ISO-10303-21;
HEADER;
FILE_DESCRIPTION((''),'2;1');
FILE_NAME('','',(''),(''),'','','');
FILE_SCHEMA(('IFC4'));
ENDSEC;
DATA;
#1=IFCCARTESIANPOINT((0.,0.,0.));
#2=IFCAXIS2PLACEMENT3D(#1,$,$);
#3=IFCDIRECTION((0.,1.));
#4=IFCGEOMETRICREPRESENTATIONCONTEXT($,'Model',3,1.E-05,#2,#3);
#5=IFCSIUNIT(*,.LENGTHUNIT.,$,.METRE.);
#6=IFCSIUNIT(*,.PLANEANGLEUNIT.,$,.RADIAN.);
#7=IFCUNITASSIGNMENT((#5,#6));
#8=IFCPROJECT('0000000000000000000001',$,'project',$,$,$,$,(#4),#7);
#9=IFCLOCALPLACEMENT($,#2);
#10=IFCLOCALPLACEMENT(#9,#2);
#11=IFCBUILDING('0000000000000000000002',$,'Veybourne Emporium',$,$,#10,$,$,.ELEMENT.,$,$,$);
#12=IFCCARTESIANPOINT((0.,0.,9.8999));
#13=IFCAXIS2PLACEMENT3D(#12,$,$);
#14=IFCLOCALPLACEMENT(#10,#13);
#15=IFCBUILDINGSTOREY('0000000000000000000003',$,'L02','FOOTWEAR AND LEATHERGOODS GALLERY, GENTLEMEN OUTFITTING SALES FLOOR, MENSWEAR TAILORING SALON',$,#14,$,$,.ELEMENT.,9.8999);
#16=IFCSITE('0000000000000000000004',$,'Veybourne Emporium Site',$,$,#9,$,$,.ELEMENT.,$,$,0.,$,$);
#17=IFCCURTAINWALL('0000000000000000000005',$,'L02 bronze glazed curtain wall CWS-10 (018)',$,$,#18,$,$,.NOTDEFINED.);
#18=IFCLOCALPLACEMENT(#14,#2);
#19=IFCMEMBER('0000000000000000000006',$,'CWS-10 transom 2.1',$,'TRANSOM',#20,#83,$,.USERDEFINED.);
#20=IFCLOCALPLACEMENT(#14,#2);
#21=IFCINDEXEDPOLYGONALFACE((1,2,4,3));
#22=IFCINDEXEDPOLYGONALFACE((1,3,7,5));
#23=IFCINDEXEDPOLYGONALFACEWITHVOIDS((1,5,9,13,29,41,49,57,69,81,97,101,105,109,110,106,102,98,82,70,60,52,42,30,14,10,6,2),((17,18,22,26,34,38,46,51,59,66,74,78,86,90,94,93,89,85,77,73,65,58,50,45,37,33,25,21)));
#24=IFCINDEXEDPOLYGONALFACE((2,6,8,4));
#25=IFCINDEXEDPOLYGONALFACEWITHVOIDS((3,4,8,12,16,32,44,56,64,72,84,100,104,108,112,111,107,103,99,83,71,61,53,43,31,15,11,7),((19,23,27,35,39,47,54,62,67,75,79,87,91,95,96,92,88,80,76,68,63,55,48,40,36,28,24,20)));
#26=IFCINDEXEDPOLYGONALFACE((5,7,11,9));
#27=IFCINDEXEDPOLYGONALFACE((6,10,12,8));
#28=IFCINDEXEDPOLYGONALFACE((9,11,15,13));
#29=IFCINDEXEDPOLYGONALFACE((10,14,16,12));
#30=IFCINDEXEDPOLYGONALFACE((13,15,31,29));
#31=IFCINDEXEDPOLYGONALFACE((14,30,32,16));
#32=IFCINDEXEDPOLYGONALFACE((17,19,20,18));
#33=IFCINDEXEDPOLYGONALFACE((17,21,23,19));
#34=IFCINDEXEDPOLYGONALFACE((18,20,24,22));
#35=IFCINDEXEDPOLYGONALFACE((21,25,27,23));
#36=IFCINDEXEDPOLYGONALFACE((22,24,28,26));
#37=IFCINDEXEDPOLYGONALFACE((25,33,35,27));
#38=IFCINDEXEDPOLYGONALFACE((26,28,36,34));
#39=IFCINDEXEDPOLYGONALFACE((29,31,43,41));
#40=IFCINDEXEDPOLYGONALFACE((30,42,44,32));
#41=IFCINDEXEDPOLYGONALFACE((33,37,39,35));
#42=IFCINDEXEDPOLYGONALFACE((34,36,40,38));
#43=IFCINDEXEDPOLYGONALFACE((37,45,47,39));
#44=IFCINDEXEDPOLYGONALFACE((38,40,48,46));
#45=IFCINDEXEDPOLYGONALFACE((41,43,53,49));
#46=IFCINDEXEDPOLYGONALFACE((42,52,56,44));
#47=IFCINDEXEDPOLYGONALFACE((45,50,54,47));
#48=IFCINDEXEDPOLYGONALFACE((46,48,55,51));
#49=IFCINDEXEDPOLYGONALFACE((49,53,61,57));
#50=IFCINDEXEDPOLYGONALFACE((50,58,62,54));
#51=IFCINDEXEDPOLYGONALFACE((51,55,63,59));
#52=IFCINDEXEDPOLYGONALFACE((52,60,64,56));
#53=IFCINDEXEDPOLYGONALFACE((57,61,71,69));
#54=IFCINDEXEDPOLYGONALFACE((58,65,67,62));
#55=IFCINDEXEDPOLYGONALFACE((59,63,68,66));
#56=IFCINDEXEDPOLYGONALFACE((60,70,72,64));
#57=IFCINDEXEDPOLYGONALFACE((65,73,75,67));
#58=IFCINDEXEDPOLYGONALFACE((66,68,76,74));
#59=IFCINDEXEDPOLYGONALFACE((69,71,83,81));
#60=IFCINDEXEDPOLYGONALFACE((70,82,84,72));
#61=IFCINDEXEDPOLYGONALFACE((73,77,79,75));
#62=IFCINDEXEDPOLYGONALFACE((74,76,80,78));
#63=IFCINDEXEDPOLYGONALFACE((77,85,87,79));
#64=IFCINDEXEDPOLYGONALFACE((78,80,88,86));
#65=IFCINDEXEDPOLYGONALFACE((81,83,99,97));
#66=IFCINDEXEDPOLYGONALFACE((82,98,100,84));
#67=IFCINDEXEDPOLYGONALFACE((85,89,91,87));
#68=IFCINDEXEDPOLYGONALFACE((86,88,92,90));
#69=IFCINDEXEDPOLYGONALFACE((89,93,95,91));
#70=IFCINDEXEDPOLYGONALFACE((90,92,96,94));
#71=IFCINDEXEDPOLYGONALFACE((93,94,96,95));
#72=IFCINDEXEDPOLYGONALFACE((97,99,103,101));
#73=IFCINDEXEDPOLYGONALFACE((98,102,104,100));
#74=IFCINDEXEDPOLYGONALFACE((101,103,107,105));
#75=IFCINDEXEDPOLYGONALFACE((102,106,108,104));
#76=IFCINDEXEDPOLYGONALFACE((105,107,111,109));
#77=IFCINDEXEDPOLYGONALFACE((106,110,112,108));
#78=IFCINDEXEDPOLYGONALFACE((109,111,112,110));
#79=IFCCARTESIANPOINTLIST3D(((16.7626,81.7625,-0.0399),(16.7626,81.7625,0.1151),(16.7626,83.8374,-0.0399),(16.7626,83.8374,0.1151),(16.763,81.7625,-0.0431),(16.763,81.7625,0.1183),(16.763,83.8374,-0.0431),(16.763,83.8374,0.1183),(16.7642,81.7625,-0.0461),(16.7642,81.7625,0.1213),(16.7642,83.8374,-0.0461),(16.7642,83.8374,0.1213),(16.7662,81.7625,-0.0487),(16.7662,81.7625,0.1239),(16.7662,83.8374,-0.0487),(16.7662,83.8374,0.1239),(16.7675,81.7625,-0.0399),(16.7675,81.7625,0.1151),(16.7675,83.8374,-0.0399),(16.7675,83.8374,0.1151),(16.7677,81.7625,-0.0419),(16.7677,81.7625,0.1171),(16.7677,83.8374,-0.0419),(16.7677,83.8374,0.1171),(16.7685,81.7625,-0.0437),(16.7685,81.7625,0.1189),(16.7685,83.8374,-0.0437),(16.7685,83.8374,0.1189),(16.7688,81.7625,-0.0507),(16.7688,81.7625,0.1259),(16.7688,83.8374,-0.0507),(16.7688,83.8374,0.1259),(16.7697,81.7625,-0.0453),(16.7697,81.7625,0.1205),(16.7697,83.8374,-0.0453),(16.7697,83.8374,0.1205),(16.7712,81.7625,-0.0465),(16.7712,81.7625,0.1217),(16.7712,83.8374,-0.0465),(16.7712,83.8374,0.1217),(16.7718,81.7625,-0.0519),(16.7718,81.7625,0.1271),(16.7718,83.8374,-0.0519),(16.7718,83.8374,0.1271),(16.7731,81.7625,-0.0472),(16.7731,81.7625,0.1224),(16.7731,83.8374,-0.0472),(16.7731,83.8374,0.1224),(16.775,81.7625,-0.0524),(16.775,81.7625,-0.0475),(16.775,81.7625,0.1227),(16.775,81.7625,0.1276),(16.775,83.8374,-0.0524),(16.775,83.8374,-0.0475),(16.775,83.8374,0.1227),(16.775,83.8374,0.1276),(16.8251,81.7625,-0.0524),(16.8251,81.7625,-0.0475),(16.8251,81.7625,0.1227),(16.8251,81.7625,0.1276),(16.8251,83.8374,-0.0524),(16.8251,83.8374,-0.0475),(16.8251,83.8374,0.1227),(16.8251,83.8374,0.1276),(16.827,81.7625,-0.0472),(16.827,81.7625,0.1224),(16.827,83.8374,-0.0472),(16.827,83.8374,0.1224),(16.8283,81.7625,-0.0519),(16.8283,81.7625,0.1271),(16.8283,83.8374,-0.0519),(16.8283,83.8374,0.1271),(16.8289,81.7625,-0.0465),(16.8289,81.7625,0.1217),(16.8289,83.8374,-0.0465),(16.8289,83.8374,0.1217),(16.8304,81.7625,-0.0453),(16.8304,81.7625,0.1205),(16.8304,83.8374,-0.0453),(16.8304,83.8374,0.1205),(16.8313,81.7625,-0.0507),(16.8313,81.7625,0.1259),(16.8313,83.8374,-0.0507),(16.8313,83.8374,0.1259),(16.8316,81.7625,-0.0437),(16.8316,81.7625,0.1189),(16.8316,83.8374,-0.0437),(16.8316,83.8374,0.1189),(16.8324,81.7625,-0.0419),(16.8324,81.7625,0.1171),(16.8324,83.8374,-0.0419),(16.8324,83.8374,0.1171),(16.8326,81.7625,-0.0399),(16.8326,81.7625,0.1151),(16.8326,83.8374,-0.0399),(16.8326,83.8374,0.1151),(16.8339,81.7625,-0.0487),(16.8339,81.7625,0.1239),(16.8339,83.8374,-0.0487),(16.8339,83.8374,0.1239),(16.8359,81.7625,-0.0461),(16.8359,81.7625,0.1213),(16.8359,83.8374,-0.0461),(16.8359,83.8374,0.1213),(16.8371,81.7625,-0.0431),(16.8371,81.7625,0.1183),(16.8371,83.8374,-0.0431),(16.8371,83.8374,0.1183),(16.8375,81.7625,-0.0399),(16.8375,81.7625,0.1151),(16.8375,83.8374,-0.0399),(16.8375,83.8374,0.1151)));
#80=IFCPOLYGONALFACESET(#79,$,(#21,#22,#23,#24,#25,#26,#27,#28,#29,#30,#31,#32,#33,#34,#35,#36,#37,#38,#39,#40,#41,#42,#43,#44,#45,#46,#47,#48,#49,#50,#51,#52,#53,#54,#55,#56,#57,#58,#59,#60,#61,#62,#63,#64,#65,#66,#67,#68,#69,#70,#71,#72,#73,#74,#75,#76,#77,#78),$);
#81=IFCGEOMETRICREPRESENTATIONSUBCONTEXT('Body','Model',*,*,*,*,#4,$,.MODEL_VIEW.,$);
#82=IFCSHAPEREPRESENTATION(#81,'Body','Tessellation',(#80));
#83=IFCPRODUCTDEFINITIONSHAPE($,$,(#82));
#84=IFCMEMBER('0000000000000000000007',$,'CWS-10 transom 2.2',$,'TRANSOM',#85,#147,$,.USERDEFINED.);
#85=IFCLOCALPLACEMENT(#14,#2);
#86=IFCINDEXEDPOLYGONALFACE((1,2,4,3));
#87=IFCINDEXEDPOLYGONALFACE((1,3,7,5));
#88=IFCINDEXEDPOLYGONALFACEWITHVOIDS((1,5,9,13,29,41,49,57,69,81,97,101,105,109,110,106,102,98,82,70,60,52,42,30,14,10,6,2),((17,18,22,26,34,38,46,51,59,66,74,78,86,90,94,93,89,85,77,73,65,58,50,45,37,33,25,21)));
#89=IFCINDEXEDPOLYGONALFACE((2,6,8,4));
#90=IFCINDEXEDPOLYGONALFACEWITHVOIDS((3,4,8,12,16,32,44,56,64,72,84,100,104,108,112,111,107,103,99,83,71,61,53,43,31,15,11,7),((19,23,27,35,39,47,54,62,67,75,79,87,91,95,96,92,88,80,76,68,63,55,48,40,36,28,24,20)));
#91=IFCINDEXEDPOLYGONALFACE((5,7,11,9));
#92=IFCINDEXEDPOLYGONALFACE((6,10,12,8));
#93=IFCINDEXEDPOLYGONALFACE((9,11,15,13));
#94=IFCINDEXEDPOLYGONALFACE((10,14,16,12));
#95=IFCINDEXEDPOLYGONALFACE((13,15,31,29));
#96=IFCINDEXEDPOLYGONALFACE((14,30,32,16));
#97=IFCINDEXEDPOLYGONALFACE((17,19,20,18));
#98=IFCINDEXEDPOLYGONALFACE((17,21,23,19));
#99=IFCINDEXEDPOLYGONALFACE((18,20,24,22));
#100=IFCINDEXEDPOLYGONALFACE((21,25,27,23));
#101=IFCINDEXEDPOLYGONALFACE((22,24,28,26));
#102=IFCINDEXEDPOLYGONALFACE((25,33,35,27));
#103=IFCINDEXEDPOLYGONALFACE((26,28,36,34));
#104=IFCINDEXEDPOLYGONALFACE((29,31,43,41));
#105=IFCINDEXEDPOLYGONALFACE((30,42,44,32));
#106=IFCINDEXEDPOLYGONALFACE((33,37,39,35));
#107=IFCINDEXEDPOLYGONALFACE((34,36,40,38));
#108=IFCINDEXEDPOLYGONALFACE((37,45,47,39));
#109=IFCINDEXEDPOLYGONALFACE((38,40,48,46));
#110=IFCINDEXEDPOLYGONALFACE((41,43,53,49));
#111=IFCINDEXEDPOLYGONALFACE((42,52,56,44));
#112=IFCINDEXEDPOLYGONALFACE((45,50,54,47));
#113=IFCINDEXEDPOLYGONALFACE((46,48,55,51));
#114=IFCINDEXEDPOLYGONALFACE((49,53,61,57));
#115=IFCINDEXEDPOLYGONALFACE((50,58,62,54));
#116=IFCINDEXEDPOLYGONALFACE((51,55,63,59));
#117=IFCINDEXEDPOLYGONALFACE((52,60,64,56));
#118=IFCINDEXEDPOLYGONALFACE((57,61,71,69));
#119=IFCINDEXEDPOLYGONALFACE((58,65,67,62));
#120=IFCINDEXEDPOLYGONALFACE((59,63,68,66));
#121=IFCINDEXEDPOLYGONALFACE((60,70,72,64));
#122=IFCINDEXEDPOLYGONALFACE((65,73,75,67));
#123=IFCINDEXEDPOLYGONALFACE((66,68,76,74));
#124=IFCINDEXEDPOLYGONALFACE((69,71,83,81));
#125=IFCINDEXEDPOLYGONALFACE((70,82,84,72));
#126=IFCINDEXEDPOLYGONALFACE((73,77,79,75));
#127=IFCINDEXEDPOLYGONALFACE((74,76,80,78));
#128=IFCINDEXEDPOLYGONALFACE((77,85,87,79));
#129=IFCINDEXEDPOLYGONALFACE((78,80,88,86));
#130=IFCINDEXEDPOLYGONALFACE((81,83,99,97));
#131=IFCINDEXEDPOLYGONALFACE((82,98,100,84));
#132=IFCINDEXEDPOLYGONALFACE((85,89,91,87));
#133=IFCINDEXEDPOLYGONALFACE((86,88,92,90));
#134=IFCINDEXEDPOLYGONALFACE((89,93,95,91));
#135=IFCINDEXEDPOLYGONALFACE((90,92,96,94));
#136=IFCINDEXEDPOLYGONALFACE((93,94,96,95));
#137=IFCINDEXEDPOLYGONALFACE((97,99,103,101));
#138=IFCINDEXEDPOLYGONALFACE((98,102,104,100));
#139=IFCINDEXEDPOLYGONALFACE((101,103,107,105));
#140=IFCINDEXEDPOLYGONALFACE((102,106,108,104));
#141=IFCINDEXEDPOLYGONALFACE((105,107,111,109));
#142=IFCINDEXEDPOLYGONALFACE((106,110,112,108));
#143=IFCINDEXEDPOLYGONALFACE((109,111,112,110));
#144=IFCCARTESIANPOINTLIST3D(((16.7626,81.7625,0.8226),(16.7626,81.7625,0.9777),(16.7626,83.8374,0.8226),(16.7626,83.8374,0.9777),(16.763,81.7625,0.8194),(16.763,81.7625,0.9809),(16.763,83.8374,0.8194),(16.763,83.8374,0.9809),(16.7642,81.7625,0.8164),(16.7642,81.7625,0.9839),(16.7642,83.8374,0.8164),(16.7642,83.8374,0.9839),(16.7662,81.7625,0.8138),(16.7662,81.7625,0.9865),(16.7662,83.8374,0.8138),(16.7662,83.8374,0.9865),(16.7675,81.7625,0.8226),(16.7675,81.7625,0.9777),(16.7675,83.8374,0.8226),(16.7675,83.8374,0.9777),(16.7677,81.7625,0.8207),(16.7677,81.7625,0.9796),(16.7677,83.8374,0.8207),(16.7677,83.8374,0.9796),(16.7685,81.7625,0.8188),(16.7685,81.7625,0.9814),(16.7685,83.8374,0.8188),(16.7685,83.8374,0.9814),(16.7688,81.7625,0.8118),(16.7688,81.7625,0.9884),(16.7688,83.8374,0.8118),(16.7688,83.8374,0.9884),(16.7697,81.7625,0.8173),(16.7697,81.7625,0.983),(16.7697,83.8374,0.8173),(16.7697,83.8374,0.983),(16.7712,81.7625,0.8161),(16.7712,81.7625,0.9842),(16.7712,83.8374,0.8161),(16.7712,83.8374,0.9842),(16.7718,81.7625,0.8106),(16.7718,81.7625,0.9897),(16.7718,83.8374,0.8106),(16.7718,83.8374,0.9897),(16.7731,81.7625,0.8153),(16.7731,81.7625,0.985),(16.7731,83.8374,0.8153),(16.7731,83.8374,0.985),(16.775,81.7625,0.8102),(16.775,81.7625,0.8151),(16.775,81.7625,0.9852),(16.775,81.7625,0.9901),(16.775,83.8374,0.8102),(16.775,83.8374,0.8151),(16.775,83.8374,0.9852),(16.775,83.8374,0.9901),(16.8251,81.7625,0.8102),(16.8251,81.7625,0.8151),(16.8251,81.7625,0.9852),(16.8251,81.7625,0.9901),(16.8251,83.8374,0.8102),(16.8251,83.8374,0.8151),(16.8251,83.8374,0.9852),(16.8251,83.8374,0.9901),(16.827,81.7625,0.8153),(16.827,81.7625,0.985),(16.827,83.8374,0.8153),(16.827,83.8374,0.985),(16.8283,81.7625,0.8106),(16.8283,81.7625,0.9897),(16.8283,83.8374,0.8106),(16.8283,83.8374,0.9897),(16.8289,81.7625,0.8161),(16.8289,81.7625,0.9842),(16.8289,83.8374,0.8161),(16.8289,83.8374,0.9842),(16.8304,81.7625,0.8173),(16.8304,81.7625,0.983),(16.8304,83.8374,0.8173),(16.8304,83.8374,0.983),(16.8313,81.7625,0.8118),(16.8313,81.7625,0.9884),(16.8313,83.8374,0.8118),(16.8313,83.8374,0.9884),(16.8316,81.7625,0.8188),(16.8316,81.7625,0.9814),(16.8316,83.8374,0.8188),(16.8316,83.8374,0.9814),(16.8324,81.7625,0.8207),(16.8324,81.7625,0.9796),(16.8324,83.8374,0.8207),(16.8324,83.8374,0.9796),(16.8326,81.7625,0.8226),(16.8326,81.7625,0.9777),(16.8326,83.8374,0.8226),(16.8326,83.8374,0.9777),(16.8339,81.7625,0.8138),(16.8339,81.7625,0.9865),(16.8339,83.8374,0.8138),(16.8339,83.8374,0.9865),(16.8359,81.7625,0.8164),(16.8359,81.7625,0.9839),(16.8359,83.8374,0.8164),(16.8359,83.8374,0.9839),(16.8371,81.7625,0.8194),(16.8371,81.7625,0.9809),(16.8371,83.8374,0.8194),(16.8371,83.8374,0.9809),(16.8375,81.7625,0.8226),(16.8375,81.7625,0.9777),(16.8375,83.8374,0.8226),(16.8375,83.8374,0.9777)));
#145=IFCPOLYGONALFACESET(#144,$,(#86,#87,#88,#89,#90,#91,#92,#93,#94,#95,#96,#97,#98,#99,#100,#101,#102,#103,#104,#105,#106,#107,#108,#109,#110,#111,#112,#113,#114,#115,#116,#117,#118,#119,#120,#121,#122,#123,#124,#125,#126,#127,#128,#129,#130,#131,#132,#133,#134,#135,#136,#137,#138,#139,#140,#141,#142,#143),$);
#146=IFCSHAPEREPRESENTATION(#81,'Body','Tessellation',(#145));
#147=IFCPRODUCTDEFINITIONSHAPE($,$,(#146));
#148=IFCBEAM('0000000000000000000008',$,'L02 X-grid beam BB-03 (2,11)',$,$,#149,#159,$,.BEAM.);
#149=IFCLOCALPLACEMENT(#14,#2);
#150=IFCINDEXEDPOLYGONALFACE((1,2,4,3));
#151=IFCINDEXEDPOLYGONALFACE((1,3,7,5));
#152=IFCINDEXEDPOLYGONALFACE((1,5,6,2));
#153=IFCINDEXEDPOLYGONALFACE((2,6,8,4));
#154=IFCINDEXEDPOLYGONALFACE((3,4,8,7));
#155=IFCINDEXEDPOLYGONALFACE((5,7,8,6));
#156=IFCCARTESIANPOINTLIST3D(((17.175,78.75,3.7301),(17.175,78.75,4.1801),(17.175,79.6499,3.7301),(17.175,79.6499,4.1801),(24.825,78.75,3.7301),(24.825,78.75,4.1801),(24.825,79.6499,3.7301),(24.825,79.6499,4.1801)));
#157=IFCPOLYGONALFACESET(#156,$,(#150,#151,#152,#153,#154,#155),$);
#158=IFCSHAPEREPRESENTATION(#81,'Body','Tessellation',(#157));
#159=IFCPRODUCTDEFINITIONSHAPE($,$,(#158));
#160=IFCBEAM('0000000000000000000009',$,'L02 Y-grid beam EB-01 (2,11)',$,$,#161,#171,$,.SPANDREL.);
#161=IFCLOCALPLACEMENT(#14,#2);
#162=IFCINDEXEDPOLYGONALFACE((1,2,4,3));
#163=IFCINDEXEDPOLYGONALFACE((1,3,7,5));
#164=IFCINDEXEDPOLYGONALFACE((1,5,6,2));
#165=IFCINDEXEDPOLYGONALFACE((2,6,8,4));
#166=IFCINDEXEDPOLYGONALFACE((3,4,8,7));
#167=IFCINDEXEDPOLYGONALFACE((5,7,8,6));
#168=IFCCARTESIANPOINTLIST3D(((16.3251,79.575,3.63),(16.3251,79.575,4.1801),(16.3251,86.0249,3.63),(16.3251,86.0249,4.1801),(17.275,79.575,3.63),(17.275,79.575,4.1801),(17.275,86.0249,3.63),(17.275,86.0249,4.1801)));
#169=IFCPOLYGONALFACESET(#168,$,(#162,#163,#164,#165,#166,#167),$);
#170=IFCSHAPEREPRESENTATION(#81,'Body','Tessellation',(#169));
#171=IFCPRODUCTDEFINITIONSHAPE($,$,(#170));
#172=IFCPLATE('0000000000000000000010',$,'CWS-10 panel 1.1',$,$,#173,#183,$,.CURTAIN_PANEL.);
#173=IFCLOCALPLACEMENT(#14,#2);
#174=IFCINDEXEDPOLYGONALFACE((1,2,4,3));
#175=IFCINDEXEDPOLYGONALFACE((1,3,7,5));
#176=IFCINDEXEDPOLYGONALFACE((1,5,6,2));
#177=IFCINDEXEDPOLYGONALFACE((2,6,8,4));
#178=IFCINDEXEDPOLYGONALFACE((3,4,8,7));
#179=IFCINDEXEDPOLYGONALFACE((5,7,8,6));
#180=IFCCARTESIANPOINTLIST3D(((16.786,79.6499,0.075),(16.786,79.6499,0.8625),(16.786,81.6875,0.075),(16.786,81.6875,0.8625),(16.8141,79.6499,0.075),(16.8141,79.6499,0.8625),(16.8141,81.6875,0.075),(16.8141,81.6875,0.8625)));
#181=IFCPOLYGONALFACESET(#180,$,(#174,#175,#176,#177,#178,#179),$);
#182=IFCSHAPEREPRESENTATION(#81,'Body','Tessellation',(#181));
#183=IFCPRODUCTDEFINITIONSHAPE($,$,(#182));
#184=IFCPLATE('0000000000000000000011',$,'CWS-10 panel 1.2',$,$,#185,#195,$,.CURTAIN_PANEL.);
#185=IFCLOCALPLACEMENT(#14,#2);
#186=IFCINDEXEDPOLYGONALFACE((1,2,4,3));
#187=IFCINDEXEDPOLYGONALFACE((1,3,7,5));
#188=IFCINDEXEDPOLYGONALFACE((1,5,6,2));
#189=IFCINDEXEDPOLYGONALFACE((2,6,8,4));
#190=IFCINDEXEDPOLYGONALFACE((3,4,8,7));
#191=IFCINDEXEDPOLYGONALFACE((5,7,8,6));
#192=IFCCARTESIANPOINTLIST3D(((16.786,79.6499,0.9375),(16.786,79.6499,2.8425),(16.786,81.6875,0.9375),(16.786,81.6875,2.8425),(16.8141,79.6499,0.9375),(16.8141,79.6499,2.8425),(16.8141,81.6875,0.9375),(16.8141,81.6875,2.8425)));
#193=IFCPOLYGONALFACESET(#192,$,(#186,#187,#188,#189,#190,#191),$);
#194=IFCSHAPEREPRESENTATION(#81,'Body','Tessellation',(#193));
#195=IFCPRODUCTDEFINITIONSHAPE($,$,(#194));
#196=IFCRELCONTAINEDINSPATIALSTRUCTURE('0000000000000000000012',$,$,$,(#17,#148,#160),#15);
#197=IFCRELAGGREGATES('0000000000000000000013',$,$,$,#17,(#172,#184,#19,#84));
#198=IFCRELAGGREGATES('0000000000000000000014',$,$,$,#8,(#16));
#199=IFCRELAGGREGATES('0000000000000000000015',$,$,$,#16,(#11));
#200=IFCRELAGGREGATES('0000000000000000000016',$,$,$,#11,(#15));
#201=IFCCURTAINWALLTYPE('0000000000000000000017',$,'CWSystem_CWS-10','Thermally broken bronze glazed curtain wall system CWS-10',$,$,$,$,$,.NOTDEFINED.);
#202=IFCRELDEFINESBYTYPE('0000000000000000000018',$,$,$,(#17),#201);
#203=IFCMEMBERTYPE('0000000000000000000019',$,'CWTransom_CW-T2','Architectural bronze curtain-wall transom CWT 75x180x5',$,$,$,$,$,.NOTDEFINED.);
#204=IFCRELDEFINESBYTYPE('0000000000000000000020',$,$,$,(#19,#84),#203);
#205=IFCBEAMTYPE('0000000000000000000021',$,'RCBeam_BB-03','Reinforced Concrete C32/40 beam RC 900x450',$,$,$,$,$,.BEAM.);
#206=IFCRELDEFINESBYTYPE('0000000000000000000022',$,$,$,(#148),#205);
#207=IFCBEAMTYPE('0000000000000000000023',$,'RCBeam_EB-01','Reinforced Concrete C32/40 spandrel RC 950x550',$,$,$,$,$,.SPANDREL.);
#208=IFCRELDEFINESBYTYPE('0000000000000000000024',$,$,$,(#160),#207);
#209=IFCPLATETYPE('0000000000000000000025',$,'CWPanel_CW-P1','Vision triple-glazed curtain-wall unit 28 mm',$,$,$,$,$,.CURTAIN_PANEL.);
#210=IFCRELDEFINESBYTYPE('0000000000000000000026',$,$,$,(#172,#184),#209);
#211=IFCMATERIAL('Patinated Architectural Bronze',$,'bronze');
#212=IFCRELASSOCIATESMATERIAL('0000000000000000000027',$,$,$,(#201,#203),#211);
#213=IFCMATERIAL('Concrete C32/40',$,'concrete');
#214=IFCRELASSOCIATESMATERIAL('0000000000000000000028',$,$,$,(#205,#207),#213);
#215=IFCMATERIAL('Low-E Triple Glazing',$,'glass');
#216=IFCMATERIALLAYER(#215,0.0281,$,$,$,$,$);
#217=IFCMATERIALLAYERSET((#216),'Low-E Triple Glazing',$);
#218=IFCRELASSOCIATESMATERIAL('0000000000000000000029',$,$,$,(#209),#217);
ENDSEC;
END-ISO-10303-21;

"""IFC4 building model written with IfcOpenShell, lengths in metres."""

from ifc_helpers import new_model, si_unit, direction, frame, origin, origin_2d, place, context, subcontext, project, spatial, rectangle, hollow_rectangle, extrude, material, layer, layer_set, material_profile, profile_set, type_object, element, aggregate, save


model = new_model("IFC4")

# Units and contexts
model_context = context("Model", 3, precision=1e-05, world=origin(), true_north=direction((0.0, 1.0)))
body_context = subcontext(model_context, "Body", "Model", "MODEL_VIEW")
ifc_project = project(units=[si_unit("LENGTHUNIT", "METRE"), si_unit("PLANEANGLEUNIT", "RADIAN")], contexts=[model_context])

# Site, building, storey
site_placement = place(None, origin())
site = spatial("IfcSite", under=ifc_project, at=site_placement, Name="Veybourne Emporium Site", CompositionType="ELEMENT", RefElevation=0.0)
building_placement = place(site_placement, origin())
building = spatial("IfcBuilding", under=site, at=building_placement, Name="Veybourne Emporium", CompositionType="ELEMENT")
storey_placement = place(building_placement, frame((0.0, 0.0, 9.8999)))
storey = spatial("IfcBuildingStorey", under=building, at=storey_placement, Name="L02", Description="FOOTWEAR AND LEATHERGOODS GALLERY, GENTLEMEN OUTFITTING SALES FLOOR, MENSWEAR TAILORING SALON", CompositionType="ELEMENT", Elevation=9.8999)

# Curtain wall, members
ifc_material_1 = material(Name="Patinated Architectural Bronze", Category="bronze")
curtain_wall_type = type_object("IfcCurtainWallType", Name="CWSystem_CWS-10", Description="Thermally broken bronze glazed curtain wall system CWS-10", PredefinedType="NOTDEFINED", material=ifc_material_1)
curtain_wall_placement = place(storey_placement, origin())
curtain_wall = element("IfcCurtainWall", 1, at=curtain_wall_placement, inside=storey, type_object=curtain_wall_type, Name="L02 bronze glazed curtain wall CWS-10 (018)", PredefinedType="NOTDEFINED")
ifc_material_profile_1 = material_profile(ifc_material_1, hollow_rectangle(XDim=0.075, YDim=0.1799, WallThickness=0.0049, InnerFilletRadius=0.0076, OuterFilletRadius=0.0125, at=origin_2d()), Name="CWT 75x180x5")
ifc_profile_set_1 = profile_set([ifc_material_profile_1], Name="Patinated Architectural Bronze")
member_type_1 = type_object("IfcMemberType", Name="CWTransom_CW-T2", Description="Architectural bronze curtain-wall transom CWT 75x180x5", PredefinedType="NOTDEFINED", material=ifc_profile_set_1)
member_1_placement = place(storey_placement, frame((16.8, 81.7625, 0.0376), z_axis=(0.0, 1.0, 0.0), x_axis=(-1.0, 0.0, 0.0)))
member_1 = element("IfcMember", 2, at=member_1_placement, type_object=member_type_1, Name="CWS-10 transom 2.1", ObjectType="TRANSOM", PredefinedType="USERDEFINED", context=body_context, shape_type="SweptSolid", body=[
    extrude(hollow_rectangle(XDim=0.075, YDim=0.1799, WallThickness=0.0049, InnerFilletRadius=0.0076, OuterFilletRadius=0.0125, at=origin_2d()), origin(), (0.0, 0.0, 1.0), 2.075),
])
member_2_placement = place(storey_placement, frame((16.8, 81.7625, 0.9001), z_axis=(0.0, 1.0, 0.0), x_axis=(-1.0, 0.0, 0.0)))
member_2 = element("IfcMember", 3, at=member_2_placement, type_object=member_type_1, Name="CWS-10 transom 2.2", ObjectType="TRANSOM", PredefinedType="USERDEFINED", context=body_context, shape_type="SweptSolid", body=[
    extrude(hollow_rectangle(XDim=0.075, YDim=0.1799, WallThickness=0.0049, InnerFilletRadius=0.0076, OuterFilletRadius=0.0125, at=origin_2d()), origin(), (0.0, 0.0, 1.0), 2.075),
])

# Beams
ifc_material_2 = material(Name="Concrete C32/40", Category="concrete")
ifc_material_profile_2 = material_profile(ifc_material_2, rectangle(XDim=0.8999, YDim=0.45, at=origin_2d()), Name="RC 900x450")
ifc_profile_set_2 = profile_set([ifc_material_profile_2], Name="Concrete C32/40")
beam_type_1 = type_object("IfcBeamType", Name="RCBeam_BB-03", Description="Reinforced Concrete C32/40 beam RC 900x450", PredefinedType="BEAM", material=ifc_profile_set_2)
beam_1_placement = place(storey_placement, frame((17.175, 79.2, 3.9551), z_axis=(1.0, 0.0, 0.0), x_axis=(0.0, 1.0, 0.0)))
element("IfcBeam", 4, at=beam_1_placement, inside=storey, type_object=beam_type_1, Name="L02 X-grid beam BB-03 (2,11)", PredefinedType="BEAM", context=body_context, shape_type="SweptSolid", body=[
    extrude(rectangle(XDim=0.8999, YDim=0.45, at=origin_2d()), origin(), (0.0, 0.0, 1.0), 7.6499),
])
ifc_material_profile_3 = material_profile(ifc_material_2, rectangle(XDim=0.95, YDim=0.55, at=origin_2d()), Name="RC 950x550")
ifc_profile_set_3 = profile_set([ifc_material_profile_3], Name="Concrete C32/40")
beam_type_2 = type_object("IfcBeamType", Name="RCBeam_EB-01", Description="Reinforced Concrete C32/40 spandrel RC 950x550", PredefinedType="SPANDREL", material=ifc_profile_set_3)
beam_2_placement = place(storey_placement, frame((16.8, 79.575, 3.905), z_axis=(0.0, 1.0, 0.0), x_axis=(-1.0, 0.0, 0.0)))
element("IfcBeam", 5, at=beam_2_placement, inside=storey, type_object=beam_type_2, Name="L02 Y-grid beam EB-01 (2,11)", PredefinedType="SPANDREL", context=body_context, shape_type="SweptSolid", body=[
    extrude(rectangle(XDim=0.95, YDim=0.55, at=origin_2d()), origin(), (0.0, 0.0, 1.0), 6.45),
])

# Plates
ifc_material_3 = material(Name="Low-E Triple Glazing", Category="glass")
ifc_layer_1 = layer(ifc_material_3, 0.0281)
ifc_layer_set_1 = layer_set([ifc_layer_1], Name="Low-E Triple Glazing")
plate_type = type_object("IfcPlateType", Name="CWPanel_CW-P1", Description="Vision triple-glazed curtain-wall unit 28 mm", PredefinedType="CURTAIN_PANEL", material=ifc_layer_set_1)
plate_1_placement = place(storey_placement, frame((16.8, 80.6687, 0.075), z_axis=(0.0, 0.0, 1.0), x_axis=(0.0, 1.0, 0.0)))
plate_1 = element("IfcPlate", 6, at=plate_1_placement, type_object=plate_type, Name="CWS-10 panel 1.1", PredefinedType="CURTAIN_PANEL", context=body_context, shape_type="SweptSolid", body=[
    extrude(rectangle(XDim=2.0376, YDim=0.0281, at=origin_2d()), origin(), (0.0, 0.0, 1.0), 0.7876),
])
plate_2_placement = place(storey_placement, frame((16.8, 80.6687, 0.9375), z_axis=(0.0, 0.0, 1.0), x_axis=(0.0, 1.0, 0.0)))
plate_2 = element("IfcPlate", 7, at=plate_2_placement, type_object=plate_type, Name="CWS-10 panel 1.2", PredefinedType="CURTAIN_PANEL", context=body_context, shape_type="SweptSolid", body=[
    extrude(rectangle(XDim=2.0376, YDim=0.0281, at=origin_2d()), origin(), (0.0, 0.0, 1.0), 1.905),
])
aggregate(curtain_wall, [plate_1, plate_2, member_1, member_2])

save(model, "model.ifc")
